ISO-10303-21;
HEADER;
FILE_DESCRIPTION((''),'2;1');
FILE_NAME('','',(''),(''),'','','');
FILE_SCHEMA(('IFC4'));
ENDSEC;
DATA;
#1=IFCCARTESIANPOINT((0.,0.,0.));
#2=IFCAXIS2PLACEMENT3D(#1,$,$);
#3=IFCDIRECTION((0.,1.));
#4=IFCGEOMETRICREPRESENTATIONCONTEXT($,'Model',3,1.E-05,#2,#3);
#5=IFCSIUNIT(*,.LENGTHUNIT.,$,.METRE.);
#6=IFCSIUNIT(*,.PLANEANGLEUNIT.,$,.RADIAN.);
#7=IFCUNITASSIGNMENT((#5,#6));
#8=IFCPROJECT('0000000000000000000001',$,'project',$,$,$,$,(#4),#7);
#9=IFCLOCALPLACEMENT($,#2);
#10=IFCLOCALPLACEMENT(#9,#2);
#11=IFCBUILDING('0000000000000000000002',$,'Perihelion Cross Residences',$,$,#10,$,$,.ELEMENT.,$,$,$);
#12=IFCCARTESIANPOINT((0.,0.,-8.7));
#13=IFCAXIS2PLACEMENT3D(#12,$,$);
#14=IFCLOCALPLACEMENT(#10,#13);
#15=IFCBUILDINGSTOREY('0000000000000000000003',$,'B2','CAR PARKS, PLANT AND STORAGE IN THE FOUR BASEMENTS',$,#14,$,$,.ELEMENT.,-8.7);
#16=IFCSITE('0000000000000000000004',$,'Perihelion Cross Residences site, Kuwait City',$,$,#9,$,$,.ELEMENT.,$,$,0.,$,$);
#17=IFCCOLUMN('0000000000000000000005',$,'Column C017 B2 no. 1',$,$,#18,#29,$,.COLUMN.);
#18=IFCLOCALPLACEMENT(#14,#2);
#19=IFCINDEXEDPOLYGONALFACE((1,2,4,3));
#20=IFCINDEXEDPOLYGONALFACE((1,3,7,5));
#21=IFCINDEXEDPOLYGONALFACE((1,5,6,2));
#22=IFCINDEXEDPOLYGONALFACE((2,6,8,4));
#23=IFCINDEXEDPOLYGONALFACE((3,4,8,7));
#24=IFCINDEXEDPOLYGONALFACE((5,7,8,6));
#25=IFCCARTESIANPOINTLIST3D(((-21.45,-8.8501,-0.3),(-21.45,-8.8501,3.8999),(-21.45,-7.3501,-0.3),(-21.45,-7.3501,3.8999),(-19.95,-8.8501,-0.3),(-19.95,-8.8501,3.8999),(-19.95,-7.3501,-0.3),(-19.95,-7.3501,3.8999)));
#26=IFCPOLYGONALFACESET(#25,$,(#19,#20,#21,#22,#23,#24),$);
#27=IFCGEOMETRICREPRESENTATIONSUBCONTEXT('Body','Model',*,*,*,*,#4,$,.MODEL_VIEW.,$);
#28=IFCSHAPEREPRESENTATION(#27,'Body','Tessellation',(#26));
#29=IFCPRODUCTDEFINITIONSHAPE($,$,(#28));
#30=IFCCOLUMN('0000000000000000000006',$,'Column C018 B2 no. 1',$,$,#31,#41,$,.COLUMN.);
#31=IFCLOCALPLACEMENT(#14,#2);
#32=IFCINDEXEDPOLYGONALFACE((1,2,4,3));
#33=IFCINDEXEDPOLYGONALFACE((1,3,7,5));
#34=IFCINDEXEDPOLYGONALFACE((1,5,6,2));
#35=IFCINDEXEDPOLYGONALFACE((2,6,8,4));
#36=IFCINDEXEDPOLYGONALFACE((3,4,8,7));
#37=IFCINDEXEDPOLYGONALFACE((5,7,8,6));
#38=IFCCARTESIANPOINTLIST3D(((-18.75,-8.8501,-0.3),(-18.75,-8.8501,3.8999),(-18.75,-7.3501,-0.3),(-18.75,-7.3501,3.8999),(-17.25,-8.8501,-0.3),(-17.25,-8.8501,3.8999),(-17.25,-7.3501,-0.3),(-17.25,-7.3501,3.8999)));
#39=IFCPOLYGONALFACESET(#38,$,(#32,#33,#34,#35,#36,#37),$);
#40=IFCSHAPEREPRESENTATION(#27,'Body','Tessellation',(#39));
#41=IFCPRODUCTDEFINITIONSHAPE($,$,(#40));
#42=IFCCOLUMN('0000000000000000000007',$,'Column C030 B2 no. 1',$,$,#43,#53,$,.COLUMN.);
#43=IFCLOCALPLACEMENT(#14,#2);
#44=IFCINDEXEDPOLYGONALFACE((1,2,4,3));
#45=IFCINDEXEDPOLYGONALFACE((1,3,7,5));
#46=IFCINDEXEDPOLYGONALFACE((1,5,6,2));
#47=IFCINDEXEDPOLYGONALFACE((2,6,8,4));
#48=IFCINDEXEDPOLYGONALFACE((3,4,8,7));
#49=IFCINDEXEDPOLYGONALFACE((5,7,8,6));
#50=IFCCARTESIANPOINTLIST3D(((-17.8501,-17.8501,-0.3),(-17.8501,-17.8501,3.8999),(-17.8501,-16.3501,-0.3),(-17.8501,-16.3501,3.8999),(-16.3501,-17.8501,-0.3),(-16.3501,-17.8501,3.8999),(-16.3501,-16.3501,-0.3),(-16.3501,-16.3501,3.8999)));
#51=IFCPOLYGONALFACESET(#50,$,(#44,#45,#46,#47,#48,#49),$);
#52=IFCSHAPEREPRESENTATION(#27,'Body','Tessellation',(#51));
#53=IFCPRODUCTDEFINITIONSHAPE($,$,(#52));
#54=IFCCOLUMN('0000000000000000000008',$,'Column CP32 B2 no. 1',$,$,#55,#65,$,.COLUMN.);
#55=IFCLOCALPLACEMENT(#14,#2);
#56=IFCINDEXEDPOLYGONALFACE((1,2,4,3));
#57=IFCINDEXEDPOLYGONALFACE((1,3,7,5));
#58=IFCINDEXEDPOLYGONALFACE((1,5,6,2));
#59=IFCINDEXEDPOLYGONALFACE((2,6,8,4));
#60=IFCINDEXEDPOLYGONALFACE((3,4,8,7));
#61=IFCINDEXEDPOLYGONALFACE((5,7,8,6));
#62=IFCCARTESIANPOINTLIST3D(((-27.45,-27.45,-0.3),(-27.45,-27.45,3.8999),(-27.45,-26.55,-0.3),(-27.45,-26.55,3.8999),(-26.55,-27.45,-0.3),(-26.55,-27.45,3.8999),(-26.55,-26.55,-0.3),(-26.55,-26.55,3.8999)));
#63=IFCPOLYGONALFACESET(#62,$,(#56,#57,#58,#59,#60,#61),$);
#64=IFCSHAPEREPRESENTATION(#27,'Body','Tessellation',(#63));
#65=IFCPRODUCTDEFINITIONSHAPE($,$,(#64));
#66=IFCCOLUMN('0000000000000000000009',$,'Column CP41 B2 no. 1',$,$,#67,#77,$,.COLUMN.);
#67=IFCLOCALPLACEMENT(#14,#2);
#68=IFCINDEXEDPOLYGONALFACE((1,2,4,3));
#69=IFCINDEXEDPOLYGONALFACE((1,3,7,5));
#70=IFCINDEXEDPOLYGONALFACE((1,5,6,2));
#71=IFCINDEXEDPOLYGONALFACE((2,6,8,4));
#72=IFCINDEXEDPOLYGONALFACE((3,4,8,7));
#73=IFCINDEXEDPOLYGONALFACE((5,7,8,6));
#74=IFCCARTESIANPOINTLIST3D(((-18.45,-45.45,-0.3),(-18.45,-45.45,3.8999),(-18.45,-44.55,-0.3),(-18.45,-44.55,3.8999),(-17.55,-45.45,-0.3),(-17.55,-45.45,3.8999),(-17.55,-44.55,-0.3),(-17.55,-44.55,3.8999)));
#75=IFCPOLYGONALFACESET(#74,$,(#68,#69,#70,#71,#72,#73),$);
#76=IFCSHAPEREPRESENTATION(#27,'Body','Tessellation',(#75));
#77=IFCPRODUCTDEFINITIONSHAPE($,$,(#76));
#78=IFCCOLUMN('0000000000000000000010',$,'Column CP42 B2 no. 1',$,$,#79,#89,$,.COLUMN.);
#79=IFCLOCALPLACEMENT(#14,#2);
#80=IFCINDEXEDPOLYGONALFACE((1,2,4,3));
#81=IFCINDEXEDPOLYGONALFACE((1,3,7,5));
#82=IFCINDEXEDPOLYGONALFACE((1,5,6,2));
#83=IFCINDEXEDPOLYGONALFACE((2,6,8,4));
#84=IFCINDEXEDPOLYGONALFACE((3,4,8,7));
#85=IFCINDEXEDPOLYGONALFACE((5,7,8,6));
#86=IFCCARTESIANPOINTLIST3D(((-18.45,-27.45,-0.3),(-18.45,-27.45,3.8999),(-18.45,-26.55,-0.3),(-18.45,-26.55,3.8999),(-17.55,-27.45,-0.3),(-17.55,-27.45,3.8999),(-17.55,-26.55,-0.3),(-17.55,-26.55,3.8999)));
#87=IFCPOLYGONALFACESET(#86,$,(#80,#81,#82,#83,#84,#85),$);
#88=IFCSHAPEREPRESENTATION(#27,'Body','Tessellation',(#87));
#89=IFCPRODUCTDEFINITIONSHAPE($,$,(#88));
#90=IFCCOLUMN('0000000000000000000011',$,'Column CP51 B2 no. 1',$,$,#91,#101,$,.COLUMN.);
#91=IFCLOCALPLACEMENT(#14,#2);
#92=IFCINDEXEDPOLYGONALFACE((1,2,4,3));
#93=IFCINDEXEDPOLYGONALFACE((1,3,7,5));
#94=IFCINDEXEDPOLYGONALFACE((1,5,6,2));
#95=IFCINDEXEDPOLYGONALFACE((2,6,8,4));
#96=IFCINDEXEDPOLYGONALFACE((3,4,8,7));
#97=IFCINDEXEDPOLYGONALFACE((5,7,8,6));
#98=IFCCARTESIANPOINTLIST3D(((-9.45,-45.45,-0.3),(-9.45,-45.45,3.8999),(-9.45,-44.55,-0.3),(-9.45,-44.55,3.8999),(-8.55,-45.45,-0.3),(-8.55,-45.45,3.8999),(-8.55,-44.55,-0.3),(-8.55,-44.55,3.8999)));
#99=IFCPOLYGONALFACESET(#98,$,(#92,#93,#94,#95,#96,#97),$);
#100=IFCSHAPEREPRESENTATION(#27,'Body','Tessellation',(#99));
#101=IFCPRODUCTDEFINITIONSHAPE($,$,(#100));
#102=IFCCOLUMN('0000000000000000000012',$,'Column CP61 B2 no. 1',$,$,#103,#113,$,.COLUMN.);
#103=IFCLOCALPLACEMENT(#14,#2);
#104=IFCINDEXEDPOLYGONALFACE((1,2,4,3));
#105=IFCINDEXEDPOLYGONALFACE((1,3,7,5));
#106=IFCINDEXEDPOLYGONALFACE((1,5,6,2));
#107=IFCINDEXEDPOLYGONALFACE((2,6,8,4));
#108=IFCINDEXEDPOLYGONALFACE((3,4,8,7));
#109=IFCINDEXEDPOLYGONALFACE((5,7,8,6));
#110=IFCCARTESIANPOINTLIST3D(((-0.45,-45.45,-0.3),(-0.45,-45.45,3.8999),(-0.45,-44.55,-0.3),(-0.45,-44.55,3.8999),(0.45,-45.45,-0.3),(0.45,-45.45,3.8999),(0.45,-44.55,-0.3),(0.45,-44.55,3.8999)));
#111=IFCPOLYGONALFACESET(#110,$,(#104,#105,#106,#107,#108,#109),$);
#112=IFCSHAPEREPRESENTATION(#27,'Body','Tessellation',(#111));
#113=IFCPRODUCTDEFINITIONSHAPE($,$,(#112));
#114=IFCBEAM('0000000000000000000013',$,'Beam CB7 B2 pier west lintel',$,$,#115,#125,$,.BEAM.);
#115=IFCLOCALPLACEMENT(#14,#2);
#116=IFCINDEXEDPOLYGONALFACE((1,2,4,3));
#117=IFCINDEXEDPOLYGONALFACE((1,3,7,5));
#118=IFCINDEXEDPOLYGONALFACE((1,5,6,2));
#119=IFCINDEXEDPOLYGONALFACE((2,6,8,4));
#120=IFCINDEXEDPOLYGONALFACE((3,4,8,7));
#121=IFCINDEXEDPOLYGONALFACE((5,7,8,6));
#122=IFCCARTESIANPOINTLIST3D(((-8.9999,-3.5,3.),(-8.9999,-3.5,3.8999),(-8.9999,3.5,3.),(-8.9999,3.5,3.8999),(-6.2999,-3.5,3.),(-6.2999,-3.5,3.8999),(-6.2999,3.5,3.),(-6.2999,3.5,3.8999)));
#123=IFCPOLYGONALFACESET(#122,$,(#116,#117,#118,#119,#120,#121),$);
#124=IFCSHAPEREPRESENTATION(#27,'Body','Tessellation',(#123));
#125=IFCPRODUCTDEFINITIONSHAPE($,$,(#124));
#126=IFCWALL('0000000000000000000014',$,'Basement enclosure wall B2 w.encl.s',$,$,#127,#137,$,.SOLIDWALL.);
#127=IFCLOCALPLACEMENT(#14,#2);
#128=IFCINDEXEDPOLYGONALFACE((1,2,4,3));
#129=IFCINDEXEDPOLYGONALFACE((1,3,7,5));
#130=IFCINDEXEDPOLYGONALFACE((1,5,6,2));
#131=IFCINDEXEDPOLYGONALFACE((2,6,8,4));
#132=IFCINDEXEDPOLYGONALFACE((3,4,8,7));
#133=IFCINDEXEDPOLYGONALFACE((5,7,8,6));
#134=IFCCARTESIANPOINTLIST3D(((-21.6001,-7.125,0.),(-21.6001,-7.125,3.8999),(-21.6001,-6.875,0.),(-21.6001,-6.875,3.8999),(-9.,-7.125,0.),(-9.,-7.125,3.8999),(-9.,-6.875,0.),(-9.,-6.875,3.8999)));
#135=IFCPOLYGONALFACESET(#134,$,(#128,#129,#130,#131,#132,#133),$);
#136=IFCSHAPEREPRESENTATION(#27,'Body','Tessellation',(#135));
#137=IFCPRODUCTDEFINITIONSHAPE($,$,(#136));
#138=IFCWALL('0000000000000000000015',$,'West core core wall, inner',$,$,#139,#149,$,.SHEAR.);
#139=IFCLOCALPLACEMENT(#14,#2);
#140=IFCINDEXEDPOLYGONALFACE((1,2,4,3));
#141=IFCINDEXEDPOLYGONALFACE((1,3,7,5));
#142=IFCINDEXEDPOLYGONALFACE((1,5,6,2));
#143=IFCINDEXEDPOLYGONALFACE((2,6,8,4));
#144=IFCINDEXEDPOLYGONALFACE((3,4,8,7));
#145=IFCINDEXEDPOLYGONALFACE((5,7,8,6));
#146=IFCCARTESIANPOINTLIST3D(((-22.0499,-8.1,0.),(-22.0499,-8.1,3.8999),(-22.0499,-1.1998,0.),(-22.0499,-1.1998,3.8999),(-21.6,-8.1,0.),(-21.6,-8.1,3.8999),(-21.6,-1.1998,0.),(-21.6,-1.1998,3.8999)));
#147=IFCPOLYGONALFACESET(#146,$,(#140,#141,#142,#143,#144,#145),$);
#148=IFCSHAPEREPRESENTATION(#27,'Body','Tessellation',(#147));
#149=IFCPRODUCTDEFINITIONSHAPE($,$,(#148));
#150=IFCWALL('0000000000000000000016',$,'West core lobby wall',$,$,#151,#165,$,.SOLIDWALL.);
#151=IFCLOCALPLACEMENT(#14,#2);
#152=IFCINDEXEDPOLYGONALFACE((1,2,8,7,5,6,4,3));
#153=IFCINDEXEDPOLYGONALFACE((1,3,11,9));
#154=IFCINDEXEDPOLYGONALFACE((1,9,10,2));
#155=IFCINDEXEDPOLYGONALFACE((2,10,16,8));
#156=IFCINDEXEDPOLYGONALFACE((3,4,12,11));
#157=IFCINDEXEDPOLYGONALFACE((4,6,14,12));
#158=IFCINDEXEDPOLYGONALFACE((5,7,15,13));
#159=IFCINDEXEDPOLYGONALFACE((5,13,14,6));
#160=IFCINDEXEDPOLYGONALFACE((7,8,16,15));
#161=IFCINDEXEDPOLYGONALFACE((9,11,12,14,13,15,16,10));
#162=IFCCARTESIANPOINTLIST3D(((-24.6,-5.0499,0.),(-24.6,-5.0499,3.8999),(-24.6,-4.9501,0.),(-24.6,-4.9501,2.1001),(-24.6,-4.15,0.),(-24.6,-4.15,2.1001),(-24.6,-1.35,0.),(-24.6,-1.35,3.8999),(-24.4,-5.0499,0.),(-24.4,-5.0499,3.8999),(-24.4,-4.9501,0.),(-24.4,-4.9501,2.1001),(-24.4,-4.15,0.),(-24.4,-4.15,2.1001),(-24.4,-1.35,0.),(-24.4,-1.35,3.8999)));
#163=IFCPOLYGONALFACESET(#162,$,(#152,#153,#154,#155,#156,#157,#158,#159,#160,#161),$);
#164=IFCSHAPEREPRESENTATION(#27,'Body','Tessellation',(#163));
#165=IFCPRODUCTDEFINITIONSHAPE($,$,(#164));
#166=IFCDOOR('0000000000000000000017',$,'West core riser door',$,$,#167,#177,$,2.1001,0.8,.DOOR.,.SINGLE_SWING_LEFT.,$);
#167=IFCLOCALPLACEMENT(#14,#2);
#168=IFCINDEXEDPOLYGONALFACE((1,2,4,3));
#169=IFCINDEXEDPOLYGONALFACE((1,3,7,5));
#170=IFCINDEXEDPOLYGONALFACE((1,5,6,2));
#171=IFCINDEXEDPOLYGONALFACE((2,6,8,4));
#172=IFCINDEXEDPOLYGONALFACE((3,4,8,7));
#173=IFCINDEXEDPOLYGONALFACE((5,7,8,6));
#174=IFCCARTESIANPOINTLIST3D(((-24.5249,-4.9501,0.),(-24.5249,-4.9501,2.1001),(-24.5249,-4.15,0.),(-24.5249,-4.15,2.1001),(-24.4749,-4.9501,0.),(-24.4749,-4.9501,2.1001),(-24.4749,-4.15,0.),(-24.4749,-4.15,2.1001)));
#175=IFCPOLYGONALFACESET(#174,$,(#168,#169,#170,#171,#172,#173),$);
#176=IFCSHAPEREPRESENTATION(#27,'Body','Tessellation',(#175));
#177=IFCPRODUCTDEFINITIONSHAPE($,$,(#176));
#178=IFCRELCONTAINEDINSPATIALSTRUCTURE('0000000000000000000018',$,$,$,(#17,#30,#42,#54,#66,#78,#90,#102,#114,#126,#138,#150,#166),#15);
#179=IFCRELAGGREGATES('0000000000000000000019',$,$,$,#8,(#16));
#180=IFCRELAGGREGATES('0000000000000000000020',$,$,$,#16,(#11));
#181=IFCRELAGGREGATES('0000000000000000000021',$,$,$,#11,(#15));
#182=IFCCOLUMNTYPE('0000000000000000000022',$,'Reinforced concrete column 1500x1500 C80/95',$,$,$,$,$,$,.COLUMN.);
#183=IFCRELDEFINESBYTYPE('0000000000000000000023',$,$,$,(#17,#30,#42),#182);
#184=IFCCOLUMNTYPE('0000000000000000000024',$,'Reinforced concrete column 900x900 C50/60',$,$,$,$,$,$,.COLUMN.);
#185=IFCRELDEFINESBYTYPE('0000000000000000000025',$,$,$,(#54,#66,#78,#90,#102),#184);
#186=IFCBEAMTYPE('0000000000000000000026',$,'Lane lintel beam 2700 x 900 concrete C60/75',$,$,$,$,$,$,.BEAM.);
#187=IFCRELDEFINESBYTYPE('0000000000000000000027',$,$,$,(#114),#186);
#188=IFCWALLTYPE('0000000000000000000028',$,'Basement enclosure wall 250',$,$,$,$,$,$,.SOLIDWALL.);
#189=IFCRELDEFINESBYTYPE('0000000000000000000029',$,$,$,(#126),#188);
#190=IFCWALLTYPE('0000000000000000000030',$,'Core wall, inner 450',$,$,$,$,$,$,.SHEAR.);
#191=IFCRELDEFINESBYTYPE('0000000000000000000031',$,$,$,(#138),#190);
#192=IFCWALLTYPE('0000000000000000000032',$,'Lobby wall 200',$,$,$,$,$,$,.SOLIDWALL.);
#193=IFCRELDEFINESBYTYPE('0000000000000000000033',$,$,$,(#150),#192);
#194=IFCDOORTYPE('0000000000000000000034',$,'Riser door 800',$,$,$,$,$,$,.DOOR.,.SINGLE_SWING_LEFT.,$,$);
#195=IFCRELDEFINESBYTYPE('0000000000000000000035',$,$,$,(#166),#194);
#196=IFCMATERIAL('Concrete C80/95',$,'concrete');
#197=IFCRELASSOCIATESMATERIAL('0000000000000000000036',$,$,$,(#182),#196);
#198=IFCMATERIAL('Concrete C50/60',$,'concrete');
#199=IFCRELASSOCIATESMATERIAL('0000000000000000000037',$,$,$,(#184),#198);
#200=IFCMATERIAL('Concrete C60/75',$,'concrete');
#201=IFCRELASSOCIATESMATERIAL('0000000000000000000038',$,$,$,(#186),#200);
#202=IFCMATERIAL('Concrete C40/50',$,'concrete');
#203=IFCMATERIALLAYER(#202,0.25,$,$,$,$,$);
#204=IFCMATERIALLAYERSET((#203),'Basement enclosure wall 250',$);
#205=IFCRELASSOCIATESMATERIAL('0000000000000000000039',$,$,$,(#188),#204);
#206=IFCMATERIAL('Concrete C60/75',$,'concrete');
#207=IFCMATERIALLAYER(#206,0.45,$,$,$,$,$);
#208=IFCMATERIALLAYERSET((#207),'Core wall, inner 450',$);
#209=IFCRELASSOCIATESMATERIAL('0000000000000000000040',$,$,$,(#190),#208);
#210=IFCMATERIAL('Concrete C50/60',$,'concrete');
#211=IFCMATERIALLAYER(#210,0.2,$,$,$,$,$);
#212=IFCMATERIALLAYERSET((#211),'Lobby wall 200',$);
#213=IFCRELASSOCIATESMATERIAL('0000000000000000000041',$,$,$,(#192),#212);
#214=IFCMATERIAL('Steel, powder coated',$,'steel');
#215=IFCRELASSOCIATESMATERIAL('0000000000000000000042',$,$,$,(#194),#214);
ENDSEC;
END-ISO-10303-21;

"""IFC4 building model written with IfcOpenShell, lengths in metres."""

from ifc_helpers import new_model, si_unit, direction, frame, frame_2d, origin, origin_2d, place, context, subcontext, project, spatial, rectangle, extrude, material, layer, layer_set, material_profile, profile_set, type_object, element, fill, save


model = new_model("IFC4")

# Units and contexts
model_context = context("Model", 3, precision=1e-05, world=origin(), true_north=direction((0.0, 1.0)))
body_context = subcontext(model_context, "Body", "Model", "MODEL_VIEW")
ifc_project = project(units=[si_unit("LENGTHUNIT", "METRE"), si_unit("PLANEANGLEUNIT", "RADIAN")], contexts=[model_context])

# Site, building, storey
site_placement = place(None, origin())
site = spatial("IfcSite", under=ifc_project, at=site_placement, Name="Perihelion Cross Residences site, Kuwait City", CompositionType="ELEMENT", RefElevation=0.0)
building_placement = place(site_placement, origin())
building = spatial("IfcBuilding", under=site, at=building_placement, Name="Perihelion Cross Residences", CompositionType="ELEMENT")
storey_placement = place(building_placement, frame((0.0, 0.0, -8.7)))
storey = spatial("IfcBuildingStorey", under=building, at=storey_placement, Name="B2", Description="CAR PARKS, PLANT AND STORAGE IN THE FOUR BASEMENTS", CompositionType="ELEMENT", Elevation=-8.7)

# Columns
ifc_material_1 = material(Name="Concrete C80/95", Category="concrete")
ifc_material_profile_1 = material_profile(ifc_material_1, rectangle(XDim=1.5, YDim=1.5, at=origin_2d()), Name="RC 1500x1500")
ifc_profile_set_1 = profile_set([ifc_material_profile_1], Name="Concrete C80/95")
column_type_1 = type_object("IfcColumnType", Name="Reinforced concrete column 1500x1500 C80/95", PredefinedType="COLUMN", material=ifc_profile_set_1)
for number, where, z_axis, x_axis, name in (
    (1, (-20.7, -8.1001, -0.3), (0.0, 0.0, 1.0), (1.0, 0.0, 0.0), "Column C017 B2 no. 1"),
    (2, (-18.0, -8.1001, -0.3), (0.0, 0.0, 1.0), (1.0, 0.0, 0.0), "Column C018 B2 no. 1"),
    (3, (-17.1001, -17.1001, -0.3), (0.0, 0.0, 1.0), (1.0, 0.0, 0.0), "Column C030 B2 no. 1"),
):
    element("IfcColumn", number, at=place(storey_placement, frame(where, z_axis=z_axis, x_axis=x_axis)), inside=storey, type_object=column_type_1, Name=name, PredefinedType="COLUMN", context=body_context, shape_type="SweptSolid", body=[
        extrude(rectangle(XDim=1.5, YDim=1.5, at=origin_2d()), origin(), (0.0, 0.0, 1.0), 4.2),
    ])
ifc_material_2 = material(Name="Concrete C50/60", Category="concrete")
ifc_material_profile_2 = material_profile(ifc_material_2, rectangle(XDim=0.8999, YDim=0.8999, at=origin_2d()), Name="RC 900x900")
ifc_profile_set_2 = profile_set([ifc_material_profile_2], Name="Concrete C50/60")
column_type_2 = type_object("IfcColumnType", Name="Reinforced concrete column 900x900 C50/60", PredefinedType="COLUMN", material=ifc_profile_set_2)
for number, where, z_axis, x_axis, name in (
    (4, (-27.0, -27.0, -0.3), (0.0, 0.0, 1.0), (1.0, 0.0, 0.0), "Column CP32 B2 no. 1"),
    (5, (-18.0, -45.0, -0.3), (0.0, 0.0, 1.0), (1.0, 0.0, 0.0), "Column CP41 B2 no. 1"),
    (6, (-18.0, -27.0, -0.3), (0.0, 0.0, 1.0), (1.0, 0.0, 0.0), "Column CP42 B2 no. 1"),
    (7, (-9.0, -45.0, -0.3), (0.0, 0.0, 1.0), (1.0, 0.0, 0.0), "Column CP51 B2 no. 1"),
    (8, (0.0, -45.0, -0.3), (0.0, 0.0, 1.0), (1.0, 0.0, 0.0), "Column CP61 B2 no. 1"),
):
    element("IfcColumn", number, at=place(storey_placement, frame(where, z_axis=z_axis, x_axis=x_axis)), inside=storey, type_object=column_type_2, Name=name, PredefinedType="COLUMN", context=body_context, shape_type="SweptSolid", body=[
        extrude(rectangle(XDim=0.8999, YDim=0.8999, at=origin_2d()), origin(), (0.0, 0.0, 1.0), 4.2),
    ])

# Beam
ifc_material_3 = material(Name="Concrete C60/75", Category="concrete")
ifc_material_profile_3 = material_profile(ifc_material_3, rectangle(XDim=2.7, YDim=0.8999, at=origin_2d()), Name="Lane lintel beam 2700 x 900 concrete C60/75")
ifc_profile_set_3 = profile_set([ifc_material_profile_3], Name="Concrete C60/75")
beam_type = type_object("IfcBeamType", Name="Lane lintel beam 2700 x 900 concrete C60/75", PredefinedType="BEAM", material=ifc_profile_set_3)
beam_placement = place(storey_placement, frame((-7.6499, -3.5, 3.45), z_axis=(0.0, 1.0, 0.0), x_axis=(-1.0, 0.0, 0.0)))
element("IfcBeam", 9, at=beam_placement, inside=storey, type_object=beam_type, Name="Beam CB7 B2 pier west lintel", PredefinedType="BEAM", context=body_context, shape_type="SweptSolid", body=[
    extrude(rectangle(XDim=2.7, YDim=0.8999, at=origin_2d()), origin(), (0.0, 0.0, 1.0), 7.0),
])

# Walls
ifc_material_4 = material(Name="Concrete C40/50", Category="concrete")
ifc_layer_1 = layer(ifc_material_4, 0.25)
ifc_layer_set_1 = layer_set([ifc_layer_1], Name="Basement enclosure wall 250")
wall_type_1 = type_object("IfcWallType", Name="Basement enclosure wall 250", PredefinedType="SOLIDWALL", material=ifc_layer_set_1)
wall_1_placement = place(storey_placement, frame((-9.0, -7.0, 0.0), z_axis=(0.0, 0.0, 1.0), x_axis=(-1.0, 0.0, 0.0)))
element("IfcWall", 10, at=wall_1_placement, inside=storey, type_object=wall_type_1, Name="Basement enclosure wall B2 w.encl.s", PredefinedType="SOLIDWALL", context=body_context, shape_type="SweptSolid", body=[
    extrude(rectangle(XDim=12.6001, YDim=0.25, at=frame_2d((6.3, 0.0))), origin(), (0.0, 0.0, 1.0), 3.8999),
])
ifc_material_5 = material(Name="Concrete C60/75", Category="concrete")
ifc_layer_2 = layer(ifc_material_5, 0.45)
ifc_layer_set_2 = layer_set([ifc_layer_2], Name="Core wall, inner 450")
wall_type_2 = type_object("IfcWallType", Name="Core wall, inner 450", PredefinedType="SHEAR", material=ifc_layer_set_2)
wall_2_placement = place(storey_placement, frame((-21.825, -8.1001, 0.0), z_axis=(0.0, 0.0, 1.0), x_axis=(0.0, 1.0, 0.0)))
element("IfcWall", 11, at=wall_2_placement, inside=storey, type_object=wall_type_2, Name="West core core wall, inner", PredefinedType="SHEAR", context=body_context, shape_type="SweptSolid", body=[
    extrude(rectangle(XDim=6.9001, YDim=0.45, at=frame_2d((3.4502, 0.0))), origin(), (0.0, 0.0, 1.0), 3.8999),
])

# Wall, opening, door
ifc_material_6 = material(Name="Concrete C50/60", Category="concrete")
ifc_layer_3 = layer(ifc_material_6, 0.2)
ifc_layer_set_3 = layer_set([ifc_layer_3], Name="Lobby wall 200")
wall_type_3 = type_object("IfcWallType", Name="Lobby wall 200", PredefinedType="SOLIDWALL", material=ifc_layer_set_3)
wall_3_placement = place(storey_placement, frame((-24.5, -5.05, 0.0), z_axis=(0.0, 0.0, 1.0), x_axis=(0.0, 1.0, 0.0)))
wall_3 = element("IfcWall", 12, at=wall_3_placement, inside=storey, type_object=wall_type_3, Name="West core lobby wall", PredefinedType="SOLIDWALL", context=body_context, shape_type="SweptSolid", body=[
    extrude(rectangle(XDim=3.7, YDim=0.2, at=frame_2d((1.8501, 0.0))), origin(), (0.0, 0.0, 1.0), 3.8999),
])
opening_1_placement = place(wall_3_placement, frame((0.1001, 0.0, 0.0)))
opening_1 = element("IfcOpeningElement", 13, at=opening_1_placement, cuts=wall_3, PredefinedType="OPENING", context=body_context, shape_type="SweptSolid", body=[
    extrude(rectangle(XDim=0.8, YDim=2.1001, at=frame_2d((0.3999, 1.05))), frame((0.0, 0.1099, 0.0), z_axis=(0.0, -1.0, 0.0), x_axis=(1.0, 0.0, 0.0)), (0.0, 0.0, 1.0), 0.22),
])
ifc_material_7 = material(Name="Steel, powder coated", Category="steel")
door_type_1 = type_object("IfcDoorType", Name="Riser door 800", OperationType="SINGLE_SWING_LEFT", PredefinedType="DOOR", material=ifc_material_7)
door_1_placement = place(opening_1_placement, origin())
door_1 = element("IfcDoor", 14, at=door_1_placement, inside=storey, type_object=door_type_1, Name="West core riser door", OperationType="SINGLE_SWING_LEFT", OverallHeight=2.1001, OverallWidth=0.8, PredefinedType="DOOR", context=body_context, shape_type="SweptSolid", body=[
    extrude(rectangle(XDim=0.8, YDim=2.1001, at=frame_2d((0.3999, 1.05))), frame((0.0, 0.0249, 0.0), z_axis=(0.0, -1.0, 0.0), x_axis=(1.0, 0.0, 0.0)), (0.0, 0.0, 1.0), 0.05),
])
fill(opening_1, door_1)

save(model, "model.ifc")
